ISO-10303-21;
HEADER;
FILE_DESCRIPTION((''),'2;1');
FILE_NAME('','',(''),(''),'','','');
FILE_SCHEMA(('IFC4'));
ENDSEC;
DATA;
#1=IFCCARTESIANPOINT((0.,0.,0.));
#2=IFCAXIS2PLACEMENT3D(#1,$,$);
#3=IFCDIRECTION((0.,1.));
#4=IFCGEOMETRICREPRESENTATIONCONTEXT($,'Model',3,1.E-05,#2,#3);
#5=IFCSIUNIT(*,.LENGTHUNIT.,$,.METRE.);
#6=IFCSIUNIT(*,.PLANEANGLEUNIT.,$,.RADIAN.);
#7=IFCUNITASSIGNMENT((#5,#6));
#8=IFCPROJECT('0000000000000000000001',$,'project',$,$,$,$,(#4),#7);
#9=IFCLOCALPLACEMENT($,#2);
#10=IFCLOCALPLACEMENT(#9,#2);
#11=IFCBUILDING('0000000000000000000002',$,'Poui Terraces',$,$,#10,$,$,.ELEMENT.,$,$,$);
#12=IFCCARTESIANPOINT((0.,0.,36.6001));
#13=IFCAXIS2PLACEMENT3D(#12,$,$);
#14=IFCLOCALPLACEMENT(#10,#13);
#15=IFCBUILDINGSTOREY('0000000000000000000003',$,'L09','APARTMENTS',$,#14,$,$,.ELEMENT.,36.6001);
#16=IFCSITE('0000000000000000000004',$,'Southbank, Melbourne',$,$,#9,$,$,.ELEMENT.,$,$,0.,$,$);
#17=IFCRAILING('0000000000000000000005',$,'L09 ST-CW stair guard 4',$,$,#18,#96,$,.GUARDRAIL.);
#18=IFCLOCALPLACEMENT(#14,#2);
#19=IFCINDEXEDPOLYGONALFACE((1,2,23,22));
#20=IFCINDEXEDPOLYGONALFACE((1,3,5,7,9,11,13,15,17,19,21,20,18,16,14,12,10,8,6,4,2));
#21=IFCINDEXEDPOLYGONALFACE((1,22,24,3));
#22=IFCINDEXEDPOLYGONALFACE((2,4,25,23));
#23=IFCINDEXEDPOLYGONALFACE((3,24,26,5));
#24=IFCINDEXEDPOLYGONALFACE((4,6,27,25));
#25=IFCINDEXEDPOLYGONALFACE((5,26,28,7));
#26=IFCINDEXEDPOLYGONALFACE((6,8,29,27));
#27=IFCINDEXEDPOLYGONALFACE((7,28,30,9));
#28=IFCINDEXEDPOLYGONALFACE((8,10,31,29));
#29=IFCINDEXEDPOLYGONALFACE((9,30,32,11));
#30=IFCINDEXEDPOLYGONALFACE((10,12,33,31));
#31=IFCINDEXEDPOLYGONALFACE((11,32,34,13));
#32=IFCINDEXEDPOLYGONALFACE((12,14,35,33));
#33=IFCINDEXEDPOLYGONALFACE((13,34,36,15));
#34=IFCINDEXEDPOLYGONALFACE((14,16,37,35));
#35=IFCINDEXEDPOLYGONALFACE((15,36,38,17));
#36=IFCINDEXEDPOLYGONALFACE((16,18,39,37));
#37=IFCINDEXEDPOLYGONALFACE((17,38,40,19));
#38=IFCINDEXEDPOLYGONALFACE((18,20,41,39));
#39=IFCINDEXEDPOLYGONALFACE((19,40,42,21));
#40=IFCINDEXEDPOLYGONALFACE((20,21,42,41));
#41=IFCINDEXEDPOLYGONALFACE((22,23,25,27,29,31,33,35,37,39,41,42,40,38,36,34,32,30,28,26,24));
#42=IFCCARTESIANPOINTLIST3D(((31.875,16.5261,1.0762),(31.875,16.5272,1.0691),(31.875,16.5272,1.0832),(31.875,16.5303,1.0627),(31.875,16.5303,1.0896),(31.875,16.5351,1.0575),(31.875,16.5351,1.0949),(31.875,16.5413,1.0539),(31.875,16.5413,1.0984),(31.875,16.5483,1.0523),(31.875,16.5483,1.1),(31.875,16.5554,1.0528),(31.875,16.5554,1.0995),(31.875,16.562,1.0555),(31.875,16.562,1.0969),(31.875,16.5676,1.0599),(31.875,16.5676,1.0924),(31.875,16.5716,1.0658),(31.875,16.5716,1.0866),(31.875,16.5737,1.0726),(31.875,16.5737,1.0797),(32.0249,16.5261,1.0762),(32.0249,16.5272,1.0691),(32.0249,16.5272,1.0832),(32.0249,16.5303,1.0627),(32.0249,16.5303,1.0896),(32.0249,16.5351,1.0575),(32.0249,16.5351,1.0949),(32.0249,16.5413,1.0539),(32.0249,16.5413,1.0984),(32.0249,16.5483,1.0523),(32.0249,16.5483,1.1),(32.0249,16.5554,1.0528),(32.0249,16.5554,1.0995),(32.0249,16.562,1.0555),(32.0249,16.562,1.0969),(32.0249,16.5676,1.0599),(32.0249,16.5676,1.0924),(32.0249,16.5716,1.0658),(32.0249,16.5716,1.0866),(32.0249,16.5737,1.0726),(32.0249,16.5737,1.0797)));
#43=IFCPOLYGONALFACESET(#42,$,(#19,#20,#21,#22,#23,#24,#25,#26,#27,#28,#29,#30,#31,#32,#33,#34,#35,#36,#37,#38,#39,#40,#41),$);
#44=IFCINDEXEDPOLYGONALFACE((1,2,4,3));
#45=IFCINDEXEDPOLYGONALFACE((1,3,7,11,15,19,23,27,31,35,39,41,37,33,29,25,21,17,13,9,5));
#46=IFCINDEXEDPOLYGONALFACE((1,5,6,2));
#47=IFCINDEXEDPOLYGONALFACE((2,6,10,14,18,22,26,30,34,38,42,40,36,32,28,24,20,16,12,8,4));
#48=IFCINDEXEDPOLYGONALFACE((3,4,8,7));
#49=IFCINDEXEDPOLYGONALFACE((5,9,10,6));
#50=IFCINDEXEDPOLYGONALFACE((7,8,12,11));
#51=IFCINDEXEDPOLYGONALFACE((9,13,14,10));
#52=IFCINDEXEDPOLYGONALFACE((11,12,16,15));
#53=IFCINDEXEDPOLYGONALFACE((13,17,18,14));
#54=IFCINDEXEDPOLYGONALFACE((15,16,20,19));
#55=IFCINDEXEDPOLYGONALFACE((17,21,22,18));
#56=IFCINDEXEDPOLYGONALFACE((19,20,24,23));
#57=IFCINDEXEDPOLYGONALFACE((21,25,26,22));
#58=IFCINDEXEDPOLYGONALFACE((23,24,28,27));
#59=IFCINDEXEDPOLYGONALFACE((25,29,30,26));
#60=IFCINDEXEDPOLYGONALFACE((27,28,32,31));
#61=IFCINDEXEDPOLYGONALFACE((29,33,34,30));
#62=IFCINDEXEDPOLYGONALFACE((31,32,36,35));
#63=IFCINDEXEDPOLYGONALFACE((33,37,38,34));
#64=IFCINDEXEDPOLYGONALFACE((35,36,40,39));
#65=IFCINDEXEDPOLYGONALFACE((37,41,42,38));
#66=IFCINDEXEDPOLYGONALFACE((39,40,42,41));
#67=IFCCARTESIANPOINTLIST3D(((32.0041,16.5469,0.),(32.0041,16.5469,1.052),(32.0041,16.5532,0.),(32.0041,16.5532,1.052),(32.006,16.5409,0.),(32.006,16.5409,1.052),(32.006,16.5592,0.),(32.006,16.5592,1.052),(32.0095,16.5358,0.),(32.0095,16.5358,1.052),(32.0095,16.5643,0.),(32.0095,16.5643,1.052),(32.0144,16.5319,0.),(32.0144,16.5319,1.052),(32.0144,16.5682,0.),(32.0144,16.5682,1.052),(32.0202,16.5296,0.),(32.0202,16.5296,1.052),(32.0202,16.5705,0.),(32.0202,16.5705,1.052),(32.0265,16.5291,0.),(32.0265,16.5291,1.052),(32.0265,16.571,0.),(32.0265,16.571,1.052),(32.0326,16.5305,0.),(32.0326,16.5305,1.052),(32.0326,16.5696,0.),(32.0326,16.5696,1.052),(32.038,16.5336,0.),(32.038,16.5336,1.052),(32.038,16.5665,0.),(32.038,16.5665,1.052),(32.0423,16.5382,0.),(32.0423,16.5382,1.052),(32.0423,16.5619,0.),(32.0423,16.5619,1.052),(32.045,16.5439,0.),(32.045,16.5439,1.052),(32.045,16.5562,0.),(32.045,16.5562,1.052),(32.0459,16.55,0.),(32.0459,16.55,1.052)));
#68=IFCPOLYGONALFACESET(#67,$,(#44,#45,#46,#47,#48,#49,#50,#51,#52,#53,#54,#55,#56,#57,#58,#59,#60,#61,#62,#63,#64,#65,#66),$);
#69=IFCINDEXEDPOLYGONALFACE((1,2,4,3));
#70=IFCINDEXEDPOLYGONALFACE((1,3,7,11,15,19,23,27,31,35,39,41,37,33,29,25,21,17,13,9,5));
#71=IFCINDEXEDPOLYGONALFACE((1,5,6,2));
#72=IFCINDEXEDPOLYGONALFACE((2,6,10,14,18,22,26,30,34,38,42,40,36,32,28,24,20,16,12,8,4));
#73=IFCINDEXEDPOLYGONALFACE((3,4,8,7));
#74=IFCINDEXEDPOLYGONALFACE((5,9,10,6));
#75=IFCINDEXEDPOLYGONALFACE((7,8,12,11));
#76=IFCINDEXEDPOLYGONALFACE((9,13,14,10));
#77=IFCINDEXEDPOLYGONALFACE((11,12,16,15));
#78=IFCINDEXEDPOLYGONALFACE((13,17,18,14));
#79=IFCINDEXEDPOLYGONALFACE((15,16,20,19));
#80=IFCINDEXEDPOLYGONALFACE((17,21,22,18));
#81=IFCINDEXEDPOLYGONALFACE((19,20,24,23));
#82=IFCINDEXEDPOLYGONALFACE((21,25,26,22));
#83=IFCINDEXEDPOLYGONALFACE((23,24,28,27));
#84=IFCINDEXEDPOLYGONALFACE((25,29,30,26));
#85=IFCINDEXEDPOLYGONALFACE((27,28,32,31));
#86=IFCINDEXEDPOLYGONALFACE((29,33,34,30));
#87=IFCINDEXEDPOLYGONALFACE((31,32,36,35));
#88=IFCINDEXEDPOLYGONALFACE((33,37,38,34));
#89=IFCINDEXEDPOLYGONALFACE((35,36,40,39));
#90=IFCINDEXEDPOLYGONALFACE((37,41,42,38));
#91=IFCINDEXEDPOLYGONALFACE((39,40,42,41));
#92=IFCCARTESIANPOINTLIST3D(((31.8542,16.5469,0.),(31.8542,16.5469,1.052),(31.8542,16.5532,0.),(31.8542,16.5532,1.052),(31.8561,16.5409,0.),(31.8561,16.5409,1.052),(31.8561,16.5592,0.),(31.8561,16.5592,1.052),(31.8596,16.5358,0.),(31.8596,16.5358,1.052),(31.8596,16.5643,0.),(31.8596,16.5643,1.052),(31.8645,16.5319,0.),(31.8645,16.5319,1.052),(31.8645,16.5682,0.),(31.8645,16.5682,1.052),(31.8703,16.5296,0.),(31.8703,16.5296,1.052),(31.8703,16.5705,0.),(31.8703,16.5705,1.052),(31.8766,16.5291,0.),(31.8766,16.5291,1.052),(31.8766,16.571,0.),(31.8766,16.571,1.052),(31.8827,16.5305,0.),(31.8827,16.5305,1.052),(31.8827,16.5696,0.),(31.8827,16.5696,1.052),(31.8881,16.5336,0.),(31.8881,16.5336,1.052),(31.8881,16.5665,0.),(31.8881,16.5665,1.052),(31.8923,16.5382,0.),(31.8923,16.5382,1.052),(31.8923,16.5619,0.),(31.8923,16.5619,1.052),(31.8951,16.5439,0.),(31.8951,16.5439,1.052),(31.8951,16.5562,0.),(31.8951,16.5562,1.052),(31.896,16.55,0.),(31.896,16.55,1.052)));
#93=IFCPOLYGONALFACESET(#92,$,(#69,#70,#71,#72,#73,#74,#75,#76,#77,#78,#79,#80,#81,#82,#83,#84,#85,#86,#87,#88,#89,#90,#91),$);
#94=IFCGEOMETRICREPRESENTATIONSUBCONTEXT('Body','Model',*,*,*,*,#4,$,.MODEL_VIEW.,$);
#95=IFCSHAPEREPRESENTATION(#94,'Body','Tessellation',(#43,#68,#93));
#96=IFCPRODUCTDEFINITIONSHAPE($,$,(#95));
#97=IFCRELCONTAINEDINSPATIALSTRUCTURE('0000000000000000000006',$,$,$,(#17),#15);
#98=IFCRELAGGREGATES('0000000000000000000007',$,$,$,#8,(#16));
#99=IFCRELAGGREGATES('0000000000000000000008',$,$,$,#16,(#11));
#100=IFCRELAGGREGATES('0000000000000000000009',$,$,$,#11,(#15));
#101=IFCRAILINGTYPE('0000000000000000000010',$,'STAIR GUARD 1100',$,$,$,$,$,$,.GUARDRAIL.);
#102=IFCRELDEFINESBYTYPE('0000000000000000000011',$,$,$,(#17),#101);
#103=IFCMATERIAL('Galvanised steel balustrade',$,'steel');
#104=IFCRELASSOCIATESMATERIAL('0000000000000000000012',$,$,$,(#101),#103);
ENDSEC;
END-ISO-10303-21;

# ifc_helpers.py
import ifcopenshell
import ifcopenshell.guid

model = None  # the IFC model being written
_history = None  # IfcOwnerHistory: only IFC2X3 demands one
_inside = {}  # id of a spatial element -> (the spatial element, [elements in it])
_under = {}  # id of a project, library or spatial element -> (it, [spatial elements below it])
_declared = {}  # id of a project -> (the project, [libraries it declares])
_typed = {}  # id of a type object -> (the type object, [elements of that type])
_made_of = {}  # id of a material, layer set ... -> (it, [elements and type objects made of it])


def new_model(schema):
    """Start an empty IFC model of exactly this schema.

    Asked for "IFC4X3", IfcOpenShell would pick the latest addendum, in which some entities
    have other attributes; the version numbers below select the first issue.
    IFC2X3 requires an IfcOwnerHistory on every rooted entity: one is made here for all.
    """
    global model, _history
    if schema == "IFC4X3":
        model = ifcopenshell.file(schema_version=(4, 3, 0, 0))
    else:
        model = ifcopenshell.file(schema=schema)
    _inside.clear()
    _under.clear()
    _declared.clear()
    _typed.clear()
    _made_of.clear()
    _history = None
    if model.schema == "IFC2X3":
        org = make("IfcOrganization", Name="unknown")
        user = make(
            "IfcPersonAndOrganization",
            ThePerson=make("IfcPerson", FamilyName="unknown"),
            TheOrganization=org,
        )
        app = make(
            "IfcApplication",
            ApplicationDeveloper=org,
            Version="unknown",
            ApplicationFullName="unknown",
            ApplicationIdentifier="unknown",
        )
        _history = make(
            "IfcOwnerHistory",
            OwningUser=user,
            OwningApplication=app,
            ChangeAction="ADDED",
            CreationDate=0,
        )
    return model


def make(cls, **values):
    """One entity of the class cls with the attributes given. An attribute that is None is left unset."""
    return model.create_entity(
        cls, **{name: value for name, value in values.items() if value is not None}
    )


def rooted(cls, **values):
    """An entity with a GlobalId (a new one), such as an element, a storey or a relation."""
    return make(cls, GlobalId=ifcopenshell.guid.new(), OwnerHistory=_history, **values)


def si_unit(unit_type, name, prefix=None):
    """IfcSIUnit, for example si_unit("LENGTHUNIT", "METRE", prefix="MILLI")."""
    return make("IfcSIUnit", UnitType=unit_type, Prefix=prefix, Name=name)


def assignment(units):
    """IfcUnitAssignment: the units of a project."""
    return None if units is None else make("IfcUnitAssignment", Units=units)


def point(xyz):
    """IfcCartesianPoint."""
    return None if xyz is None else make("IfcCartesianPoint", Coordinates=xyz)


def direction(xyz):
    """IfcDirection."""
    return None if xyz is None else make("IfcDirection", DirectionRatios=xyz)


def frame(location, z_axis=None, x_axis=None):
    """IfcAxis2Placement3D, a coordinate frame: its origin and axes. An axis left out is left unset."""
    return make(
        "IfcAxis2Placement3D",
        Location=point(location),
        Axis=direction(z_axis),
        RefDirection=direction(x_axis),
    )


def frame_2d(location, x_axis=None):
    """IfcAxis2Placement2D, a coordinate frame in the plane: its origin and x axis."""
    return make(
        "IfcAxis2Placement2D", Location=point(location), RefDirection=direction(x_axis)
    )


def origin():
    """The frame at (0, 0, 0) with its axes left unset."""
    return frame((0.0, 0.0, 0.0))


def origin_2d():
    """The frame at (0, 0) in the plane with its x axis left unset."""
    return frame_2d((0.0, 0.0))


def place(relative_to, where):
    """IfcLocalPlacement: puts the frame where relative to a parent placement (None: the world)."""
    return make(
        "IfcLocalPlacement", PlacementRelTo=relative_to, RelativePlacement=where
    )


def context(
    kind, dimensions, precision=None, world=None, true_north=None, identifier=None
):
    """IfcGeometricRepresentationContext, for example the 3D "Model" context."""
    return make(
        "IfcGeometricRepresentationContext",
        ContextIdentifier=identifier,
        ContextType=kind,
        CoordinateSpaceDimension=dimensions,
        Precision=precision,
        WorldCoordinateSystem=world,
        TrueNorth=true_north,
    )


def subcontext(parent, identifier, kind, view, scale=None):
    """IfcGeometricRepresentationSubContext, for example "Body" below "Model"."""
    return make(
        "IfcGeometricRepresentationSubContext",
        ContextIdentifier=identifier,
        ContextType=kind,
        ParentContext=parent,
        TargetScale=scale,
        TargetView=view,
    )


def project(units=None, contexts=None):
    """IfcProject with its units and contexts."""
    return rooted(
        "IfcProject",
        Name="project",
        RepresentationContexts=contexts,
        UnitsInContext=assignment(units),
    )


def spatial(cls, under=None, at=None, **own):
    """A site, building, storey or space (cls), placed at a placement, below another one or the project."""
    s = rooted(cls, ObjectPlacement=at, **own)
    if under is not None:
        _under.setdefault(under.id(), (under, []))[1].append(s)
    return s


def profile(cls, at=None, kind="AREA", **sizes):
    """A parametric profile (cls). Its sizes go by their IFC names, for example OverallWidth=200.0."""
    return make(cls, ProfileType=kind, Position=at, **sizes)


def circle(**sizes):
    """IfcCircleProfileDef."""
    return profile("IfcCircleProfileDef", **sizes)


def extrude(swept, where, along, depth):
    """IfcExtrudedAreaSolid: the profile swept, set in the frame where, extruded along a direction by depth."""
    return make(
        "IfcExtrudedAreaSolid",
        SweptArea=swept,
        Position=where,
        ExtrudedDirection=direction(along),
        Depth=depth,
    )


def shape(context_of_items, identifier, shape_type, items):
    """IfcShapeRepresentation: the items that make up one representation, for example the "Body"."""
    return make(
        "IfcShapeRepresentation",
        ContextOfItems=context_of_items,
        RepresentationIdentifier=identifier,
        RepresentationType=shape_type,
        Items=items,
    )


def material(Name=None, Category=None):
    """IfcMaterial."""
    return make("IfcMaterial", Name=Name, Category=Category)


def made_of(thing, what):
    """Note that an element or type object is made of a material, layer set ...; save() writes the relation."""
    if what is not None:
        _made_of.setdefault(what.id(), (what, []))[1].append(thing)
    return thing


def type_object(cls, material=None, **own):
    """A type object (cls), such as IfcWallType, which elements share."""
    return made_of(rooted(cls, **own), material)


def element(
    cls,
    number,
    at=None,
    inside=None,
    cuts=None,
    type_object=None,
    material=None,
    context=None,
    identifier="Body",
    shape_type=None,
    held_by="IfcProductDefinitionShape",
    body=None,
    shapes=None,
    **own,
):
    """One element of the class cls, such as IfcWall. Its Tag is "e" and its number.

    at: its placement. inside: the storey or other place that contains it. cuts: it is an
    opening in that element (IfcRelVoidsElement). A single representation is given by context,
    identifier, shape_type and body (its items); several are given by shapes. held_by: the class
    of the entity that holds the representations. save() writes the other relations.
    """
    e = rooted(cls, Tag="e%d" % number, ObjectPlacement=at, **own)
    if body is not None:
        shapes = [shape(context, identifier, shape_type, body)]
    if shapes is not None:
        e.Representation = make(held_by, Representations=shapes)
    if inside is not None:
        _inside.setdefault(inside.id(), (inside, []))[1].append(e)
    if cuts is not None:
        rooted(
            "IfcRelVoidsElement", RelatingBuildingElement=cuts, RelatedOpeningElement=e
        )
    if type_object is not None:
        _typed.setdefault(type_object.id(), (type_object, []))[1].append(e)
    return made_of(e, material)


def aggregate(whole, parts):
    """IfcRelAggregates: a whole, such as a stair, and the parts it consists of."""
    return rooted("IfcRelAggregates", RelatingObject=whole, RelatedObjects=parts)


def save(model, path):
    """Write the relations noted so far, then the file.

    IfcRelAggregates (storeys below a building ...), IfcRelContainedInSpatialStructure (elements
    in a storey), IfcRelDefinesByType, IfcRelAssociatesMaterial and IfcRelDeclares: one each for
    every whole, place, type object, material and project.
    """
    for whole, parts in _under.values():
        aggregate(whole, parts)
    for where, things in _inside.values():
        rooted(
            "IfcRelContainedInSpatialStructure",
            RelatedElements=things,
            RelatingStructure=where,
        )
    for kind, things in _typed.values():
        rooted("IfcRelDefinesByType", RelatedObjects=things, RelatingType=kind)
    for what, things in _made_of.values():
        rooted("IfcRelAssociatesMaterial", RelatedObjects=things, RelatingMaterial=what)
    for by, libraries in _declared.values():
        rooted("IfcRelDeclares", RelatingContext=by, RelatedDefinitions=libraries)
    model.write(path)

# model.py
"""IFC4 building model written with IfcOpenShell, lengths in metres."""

from ifc_helpers import new_model, si_unit, direction, frame, origin, origin_2d, place, context, subcontext, project, spatial, circle, extrude, material, type_object, element, save


model = new_model("IFC4")

# Units and contexts
model_context = context("Model", 3, precision=1e-05, world=origin(), true_north=direction((0.0, 1.0)))
body_context = subcontext(model_context, "Body", "Model", "MODEL_VIEW")
ifc_project = project(units=[si_unit("LENGTHUNIT", "METRE"), si_unit("PLANEANGLEUNIT", "RADIAN")], contexts=[model_context])

# Site, building, storey
site_placement = place(None, origin())
site = spatial("IfcSite", under=ifc_project, at=site_placement, Name="Southbank, Melbourne", CompositionType="ELEMENT", RefElevation=0.0)
building_placement = place(site_placement, origin())
building = spatial("IfcBuilding", under=site, at=building_placement, Name="Poui Terraces", CompositionType="ELEMENT")
storey_placement = place(building_placement, frame((0.0, 0.0, 36.6001)))
storey = spatial("IfcBuildingStorey", under=building, at=storey_placement, Name="L09", Description="APARTMENTS", CompositionType="ELEMENT", Elevation=36.6001)

# Railing
ifc_material_1 = material(Name="Galvanised steel balustrade", Category="steel")
railing_type_1 = type_object("IfcRailingType", Name="STAIR GUARD 1100", PredefinedType="GUARDRAIL", material=ifc_material_1)
railing_1_placement = place(storey_placement, frame((32.0249, 16.55, 0.0)))
element("IfcRailing", 1, at=railing_1_placement, inside=storey, type_object=railing_type_1, Name="L09 ST-CW stair guard 4", PredefinedType="GUARDRAIL", context=body_context, shape_type="SweptSolid", body=[
    extrude(circle(Radius=0.0239, at=origin_2d()), frame((0.0, 0.0, 1.0762), z_axis=(-1.0, 0.0, 0.0), x_axis=(0.0, -1.0, 0.0)), (0.0, 0.0, 1.0), 0.1499),
    extrude(circle(Radius=0.021, at=origin_2d()), origin(), (0.0, 0.0, 1.0), 1.052),
    extrude(circle(Radius=0.021, at=origin_2d()), frame((-0.1499, 0.0, 0.0)), (0.0, 0.0, 1.0), 1.052),
])

save(model, "model.ifc")
